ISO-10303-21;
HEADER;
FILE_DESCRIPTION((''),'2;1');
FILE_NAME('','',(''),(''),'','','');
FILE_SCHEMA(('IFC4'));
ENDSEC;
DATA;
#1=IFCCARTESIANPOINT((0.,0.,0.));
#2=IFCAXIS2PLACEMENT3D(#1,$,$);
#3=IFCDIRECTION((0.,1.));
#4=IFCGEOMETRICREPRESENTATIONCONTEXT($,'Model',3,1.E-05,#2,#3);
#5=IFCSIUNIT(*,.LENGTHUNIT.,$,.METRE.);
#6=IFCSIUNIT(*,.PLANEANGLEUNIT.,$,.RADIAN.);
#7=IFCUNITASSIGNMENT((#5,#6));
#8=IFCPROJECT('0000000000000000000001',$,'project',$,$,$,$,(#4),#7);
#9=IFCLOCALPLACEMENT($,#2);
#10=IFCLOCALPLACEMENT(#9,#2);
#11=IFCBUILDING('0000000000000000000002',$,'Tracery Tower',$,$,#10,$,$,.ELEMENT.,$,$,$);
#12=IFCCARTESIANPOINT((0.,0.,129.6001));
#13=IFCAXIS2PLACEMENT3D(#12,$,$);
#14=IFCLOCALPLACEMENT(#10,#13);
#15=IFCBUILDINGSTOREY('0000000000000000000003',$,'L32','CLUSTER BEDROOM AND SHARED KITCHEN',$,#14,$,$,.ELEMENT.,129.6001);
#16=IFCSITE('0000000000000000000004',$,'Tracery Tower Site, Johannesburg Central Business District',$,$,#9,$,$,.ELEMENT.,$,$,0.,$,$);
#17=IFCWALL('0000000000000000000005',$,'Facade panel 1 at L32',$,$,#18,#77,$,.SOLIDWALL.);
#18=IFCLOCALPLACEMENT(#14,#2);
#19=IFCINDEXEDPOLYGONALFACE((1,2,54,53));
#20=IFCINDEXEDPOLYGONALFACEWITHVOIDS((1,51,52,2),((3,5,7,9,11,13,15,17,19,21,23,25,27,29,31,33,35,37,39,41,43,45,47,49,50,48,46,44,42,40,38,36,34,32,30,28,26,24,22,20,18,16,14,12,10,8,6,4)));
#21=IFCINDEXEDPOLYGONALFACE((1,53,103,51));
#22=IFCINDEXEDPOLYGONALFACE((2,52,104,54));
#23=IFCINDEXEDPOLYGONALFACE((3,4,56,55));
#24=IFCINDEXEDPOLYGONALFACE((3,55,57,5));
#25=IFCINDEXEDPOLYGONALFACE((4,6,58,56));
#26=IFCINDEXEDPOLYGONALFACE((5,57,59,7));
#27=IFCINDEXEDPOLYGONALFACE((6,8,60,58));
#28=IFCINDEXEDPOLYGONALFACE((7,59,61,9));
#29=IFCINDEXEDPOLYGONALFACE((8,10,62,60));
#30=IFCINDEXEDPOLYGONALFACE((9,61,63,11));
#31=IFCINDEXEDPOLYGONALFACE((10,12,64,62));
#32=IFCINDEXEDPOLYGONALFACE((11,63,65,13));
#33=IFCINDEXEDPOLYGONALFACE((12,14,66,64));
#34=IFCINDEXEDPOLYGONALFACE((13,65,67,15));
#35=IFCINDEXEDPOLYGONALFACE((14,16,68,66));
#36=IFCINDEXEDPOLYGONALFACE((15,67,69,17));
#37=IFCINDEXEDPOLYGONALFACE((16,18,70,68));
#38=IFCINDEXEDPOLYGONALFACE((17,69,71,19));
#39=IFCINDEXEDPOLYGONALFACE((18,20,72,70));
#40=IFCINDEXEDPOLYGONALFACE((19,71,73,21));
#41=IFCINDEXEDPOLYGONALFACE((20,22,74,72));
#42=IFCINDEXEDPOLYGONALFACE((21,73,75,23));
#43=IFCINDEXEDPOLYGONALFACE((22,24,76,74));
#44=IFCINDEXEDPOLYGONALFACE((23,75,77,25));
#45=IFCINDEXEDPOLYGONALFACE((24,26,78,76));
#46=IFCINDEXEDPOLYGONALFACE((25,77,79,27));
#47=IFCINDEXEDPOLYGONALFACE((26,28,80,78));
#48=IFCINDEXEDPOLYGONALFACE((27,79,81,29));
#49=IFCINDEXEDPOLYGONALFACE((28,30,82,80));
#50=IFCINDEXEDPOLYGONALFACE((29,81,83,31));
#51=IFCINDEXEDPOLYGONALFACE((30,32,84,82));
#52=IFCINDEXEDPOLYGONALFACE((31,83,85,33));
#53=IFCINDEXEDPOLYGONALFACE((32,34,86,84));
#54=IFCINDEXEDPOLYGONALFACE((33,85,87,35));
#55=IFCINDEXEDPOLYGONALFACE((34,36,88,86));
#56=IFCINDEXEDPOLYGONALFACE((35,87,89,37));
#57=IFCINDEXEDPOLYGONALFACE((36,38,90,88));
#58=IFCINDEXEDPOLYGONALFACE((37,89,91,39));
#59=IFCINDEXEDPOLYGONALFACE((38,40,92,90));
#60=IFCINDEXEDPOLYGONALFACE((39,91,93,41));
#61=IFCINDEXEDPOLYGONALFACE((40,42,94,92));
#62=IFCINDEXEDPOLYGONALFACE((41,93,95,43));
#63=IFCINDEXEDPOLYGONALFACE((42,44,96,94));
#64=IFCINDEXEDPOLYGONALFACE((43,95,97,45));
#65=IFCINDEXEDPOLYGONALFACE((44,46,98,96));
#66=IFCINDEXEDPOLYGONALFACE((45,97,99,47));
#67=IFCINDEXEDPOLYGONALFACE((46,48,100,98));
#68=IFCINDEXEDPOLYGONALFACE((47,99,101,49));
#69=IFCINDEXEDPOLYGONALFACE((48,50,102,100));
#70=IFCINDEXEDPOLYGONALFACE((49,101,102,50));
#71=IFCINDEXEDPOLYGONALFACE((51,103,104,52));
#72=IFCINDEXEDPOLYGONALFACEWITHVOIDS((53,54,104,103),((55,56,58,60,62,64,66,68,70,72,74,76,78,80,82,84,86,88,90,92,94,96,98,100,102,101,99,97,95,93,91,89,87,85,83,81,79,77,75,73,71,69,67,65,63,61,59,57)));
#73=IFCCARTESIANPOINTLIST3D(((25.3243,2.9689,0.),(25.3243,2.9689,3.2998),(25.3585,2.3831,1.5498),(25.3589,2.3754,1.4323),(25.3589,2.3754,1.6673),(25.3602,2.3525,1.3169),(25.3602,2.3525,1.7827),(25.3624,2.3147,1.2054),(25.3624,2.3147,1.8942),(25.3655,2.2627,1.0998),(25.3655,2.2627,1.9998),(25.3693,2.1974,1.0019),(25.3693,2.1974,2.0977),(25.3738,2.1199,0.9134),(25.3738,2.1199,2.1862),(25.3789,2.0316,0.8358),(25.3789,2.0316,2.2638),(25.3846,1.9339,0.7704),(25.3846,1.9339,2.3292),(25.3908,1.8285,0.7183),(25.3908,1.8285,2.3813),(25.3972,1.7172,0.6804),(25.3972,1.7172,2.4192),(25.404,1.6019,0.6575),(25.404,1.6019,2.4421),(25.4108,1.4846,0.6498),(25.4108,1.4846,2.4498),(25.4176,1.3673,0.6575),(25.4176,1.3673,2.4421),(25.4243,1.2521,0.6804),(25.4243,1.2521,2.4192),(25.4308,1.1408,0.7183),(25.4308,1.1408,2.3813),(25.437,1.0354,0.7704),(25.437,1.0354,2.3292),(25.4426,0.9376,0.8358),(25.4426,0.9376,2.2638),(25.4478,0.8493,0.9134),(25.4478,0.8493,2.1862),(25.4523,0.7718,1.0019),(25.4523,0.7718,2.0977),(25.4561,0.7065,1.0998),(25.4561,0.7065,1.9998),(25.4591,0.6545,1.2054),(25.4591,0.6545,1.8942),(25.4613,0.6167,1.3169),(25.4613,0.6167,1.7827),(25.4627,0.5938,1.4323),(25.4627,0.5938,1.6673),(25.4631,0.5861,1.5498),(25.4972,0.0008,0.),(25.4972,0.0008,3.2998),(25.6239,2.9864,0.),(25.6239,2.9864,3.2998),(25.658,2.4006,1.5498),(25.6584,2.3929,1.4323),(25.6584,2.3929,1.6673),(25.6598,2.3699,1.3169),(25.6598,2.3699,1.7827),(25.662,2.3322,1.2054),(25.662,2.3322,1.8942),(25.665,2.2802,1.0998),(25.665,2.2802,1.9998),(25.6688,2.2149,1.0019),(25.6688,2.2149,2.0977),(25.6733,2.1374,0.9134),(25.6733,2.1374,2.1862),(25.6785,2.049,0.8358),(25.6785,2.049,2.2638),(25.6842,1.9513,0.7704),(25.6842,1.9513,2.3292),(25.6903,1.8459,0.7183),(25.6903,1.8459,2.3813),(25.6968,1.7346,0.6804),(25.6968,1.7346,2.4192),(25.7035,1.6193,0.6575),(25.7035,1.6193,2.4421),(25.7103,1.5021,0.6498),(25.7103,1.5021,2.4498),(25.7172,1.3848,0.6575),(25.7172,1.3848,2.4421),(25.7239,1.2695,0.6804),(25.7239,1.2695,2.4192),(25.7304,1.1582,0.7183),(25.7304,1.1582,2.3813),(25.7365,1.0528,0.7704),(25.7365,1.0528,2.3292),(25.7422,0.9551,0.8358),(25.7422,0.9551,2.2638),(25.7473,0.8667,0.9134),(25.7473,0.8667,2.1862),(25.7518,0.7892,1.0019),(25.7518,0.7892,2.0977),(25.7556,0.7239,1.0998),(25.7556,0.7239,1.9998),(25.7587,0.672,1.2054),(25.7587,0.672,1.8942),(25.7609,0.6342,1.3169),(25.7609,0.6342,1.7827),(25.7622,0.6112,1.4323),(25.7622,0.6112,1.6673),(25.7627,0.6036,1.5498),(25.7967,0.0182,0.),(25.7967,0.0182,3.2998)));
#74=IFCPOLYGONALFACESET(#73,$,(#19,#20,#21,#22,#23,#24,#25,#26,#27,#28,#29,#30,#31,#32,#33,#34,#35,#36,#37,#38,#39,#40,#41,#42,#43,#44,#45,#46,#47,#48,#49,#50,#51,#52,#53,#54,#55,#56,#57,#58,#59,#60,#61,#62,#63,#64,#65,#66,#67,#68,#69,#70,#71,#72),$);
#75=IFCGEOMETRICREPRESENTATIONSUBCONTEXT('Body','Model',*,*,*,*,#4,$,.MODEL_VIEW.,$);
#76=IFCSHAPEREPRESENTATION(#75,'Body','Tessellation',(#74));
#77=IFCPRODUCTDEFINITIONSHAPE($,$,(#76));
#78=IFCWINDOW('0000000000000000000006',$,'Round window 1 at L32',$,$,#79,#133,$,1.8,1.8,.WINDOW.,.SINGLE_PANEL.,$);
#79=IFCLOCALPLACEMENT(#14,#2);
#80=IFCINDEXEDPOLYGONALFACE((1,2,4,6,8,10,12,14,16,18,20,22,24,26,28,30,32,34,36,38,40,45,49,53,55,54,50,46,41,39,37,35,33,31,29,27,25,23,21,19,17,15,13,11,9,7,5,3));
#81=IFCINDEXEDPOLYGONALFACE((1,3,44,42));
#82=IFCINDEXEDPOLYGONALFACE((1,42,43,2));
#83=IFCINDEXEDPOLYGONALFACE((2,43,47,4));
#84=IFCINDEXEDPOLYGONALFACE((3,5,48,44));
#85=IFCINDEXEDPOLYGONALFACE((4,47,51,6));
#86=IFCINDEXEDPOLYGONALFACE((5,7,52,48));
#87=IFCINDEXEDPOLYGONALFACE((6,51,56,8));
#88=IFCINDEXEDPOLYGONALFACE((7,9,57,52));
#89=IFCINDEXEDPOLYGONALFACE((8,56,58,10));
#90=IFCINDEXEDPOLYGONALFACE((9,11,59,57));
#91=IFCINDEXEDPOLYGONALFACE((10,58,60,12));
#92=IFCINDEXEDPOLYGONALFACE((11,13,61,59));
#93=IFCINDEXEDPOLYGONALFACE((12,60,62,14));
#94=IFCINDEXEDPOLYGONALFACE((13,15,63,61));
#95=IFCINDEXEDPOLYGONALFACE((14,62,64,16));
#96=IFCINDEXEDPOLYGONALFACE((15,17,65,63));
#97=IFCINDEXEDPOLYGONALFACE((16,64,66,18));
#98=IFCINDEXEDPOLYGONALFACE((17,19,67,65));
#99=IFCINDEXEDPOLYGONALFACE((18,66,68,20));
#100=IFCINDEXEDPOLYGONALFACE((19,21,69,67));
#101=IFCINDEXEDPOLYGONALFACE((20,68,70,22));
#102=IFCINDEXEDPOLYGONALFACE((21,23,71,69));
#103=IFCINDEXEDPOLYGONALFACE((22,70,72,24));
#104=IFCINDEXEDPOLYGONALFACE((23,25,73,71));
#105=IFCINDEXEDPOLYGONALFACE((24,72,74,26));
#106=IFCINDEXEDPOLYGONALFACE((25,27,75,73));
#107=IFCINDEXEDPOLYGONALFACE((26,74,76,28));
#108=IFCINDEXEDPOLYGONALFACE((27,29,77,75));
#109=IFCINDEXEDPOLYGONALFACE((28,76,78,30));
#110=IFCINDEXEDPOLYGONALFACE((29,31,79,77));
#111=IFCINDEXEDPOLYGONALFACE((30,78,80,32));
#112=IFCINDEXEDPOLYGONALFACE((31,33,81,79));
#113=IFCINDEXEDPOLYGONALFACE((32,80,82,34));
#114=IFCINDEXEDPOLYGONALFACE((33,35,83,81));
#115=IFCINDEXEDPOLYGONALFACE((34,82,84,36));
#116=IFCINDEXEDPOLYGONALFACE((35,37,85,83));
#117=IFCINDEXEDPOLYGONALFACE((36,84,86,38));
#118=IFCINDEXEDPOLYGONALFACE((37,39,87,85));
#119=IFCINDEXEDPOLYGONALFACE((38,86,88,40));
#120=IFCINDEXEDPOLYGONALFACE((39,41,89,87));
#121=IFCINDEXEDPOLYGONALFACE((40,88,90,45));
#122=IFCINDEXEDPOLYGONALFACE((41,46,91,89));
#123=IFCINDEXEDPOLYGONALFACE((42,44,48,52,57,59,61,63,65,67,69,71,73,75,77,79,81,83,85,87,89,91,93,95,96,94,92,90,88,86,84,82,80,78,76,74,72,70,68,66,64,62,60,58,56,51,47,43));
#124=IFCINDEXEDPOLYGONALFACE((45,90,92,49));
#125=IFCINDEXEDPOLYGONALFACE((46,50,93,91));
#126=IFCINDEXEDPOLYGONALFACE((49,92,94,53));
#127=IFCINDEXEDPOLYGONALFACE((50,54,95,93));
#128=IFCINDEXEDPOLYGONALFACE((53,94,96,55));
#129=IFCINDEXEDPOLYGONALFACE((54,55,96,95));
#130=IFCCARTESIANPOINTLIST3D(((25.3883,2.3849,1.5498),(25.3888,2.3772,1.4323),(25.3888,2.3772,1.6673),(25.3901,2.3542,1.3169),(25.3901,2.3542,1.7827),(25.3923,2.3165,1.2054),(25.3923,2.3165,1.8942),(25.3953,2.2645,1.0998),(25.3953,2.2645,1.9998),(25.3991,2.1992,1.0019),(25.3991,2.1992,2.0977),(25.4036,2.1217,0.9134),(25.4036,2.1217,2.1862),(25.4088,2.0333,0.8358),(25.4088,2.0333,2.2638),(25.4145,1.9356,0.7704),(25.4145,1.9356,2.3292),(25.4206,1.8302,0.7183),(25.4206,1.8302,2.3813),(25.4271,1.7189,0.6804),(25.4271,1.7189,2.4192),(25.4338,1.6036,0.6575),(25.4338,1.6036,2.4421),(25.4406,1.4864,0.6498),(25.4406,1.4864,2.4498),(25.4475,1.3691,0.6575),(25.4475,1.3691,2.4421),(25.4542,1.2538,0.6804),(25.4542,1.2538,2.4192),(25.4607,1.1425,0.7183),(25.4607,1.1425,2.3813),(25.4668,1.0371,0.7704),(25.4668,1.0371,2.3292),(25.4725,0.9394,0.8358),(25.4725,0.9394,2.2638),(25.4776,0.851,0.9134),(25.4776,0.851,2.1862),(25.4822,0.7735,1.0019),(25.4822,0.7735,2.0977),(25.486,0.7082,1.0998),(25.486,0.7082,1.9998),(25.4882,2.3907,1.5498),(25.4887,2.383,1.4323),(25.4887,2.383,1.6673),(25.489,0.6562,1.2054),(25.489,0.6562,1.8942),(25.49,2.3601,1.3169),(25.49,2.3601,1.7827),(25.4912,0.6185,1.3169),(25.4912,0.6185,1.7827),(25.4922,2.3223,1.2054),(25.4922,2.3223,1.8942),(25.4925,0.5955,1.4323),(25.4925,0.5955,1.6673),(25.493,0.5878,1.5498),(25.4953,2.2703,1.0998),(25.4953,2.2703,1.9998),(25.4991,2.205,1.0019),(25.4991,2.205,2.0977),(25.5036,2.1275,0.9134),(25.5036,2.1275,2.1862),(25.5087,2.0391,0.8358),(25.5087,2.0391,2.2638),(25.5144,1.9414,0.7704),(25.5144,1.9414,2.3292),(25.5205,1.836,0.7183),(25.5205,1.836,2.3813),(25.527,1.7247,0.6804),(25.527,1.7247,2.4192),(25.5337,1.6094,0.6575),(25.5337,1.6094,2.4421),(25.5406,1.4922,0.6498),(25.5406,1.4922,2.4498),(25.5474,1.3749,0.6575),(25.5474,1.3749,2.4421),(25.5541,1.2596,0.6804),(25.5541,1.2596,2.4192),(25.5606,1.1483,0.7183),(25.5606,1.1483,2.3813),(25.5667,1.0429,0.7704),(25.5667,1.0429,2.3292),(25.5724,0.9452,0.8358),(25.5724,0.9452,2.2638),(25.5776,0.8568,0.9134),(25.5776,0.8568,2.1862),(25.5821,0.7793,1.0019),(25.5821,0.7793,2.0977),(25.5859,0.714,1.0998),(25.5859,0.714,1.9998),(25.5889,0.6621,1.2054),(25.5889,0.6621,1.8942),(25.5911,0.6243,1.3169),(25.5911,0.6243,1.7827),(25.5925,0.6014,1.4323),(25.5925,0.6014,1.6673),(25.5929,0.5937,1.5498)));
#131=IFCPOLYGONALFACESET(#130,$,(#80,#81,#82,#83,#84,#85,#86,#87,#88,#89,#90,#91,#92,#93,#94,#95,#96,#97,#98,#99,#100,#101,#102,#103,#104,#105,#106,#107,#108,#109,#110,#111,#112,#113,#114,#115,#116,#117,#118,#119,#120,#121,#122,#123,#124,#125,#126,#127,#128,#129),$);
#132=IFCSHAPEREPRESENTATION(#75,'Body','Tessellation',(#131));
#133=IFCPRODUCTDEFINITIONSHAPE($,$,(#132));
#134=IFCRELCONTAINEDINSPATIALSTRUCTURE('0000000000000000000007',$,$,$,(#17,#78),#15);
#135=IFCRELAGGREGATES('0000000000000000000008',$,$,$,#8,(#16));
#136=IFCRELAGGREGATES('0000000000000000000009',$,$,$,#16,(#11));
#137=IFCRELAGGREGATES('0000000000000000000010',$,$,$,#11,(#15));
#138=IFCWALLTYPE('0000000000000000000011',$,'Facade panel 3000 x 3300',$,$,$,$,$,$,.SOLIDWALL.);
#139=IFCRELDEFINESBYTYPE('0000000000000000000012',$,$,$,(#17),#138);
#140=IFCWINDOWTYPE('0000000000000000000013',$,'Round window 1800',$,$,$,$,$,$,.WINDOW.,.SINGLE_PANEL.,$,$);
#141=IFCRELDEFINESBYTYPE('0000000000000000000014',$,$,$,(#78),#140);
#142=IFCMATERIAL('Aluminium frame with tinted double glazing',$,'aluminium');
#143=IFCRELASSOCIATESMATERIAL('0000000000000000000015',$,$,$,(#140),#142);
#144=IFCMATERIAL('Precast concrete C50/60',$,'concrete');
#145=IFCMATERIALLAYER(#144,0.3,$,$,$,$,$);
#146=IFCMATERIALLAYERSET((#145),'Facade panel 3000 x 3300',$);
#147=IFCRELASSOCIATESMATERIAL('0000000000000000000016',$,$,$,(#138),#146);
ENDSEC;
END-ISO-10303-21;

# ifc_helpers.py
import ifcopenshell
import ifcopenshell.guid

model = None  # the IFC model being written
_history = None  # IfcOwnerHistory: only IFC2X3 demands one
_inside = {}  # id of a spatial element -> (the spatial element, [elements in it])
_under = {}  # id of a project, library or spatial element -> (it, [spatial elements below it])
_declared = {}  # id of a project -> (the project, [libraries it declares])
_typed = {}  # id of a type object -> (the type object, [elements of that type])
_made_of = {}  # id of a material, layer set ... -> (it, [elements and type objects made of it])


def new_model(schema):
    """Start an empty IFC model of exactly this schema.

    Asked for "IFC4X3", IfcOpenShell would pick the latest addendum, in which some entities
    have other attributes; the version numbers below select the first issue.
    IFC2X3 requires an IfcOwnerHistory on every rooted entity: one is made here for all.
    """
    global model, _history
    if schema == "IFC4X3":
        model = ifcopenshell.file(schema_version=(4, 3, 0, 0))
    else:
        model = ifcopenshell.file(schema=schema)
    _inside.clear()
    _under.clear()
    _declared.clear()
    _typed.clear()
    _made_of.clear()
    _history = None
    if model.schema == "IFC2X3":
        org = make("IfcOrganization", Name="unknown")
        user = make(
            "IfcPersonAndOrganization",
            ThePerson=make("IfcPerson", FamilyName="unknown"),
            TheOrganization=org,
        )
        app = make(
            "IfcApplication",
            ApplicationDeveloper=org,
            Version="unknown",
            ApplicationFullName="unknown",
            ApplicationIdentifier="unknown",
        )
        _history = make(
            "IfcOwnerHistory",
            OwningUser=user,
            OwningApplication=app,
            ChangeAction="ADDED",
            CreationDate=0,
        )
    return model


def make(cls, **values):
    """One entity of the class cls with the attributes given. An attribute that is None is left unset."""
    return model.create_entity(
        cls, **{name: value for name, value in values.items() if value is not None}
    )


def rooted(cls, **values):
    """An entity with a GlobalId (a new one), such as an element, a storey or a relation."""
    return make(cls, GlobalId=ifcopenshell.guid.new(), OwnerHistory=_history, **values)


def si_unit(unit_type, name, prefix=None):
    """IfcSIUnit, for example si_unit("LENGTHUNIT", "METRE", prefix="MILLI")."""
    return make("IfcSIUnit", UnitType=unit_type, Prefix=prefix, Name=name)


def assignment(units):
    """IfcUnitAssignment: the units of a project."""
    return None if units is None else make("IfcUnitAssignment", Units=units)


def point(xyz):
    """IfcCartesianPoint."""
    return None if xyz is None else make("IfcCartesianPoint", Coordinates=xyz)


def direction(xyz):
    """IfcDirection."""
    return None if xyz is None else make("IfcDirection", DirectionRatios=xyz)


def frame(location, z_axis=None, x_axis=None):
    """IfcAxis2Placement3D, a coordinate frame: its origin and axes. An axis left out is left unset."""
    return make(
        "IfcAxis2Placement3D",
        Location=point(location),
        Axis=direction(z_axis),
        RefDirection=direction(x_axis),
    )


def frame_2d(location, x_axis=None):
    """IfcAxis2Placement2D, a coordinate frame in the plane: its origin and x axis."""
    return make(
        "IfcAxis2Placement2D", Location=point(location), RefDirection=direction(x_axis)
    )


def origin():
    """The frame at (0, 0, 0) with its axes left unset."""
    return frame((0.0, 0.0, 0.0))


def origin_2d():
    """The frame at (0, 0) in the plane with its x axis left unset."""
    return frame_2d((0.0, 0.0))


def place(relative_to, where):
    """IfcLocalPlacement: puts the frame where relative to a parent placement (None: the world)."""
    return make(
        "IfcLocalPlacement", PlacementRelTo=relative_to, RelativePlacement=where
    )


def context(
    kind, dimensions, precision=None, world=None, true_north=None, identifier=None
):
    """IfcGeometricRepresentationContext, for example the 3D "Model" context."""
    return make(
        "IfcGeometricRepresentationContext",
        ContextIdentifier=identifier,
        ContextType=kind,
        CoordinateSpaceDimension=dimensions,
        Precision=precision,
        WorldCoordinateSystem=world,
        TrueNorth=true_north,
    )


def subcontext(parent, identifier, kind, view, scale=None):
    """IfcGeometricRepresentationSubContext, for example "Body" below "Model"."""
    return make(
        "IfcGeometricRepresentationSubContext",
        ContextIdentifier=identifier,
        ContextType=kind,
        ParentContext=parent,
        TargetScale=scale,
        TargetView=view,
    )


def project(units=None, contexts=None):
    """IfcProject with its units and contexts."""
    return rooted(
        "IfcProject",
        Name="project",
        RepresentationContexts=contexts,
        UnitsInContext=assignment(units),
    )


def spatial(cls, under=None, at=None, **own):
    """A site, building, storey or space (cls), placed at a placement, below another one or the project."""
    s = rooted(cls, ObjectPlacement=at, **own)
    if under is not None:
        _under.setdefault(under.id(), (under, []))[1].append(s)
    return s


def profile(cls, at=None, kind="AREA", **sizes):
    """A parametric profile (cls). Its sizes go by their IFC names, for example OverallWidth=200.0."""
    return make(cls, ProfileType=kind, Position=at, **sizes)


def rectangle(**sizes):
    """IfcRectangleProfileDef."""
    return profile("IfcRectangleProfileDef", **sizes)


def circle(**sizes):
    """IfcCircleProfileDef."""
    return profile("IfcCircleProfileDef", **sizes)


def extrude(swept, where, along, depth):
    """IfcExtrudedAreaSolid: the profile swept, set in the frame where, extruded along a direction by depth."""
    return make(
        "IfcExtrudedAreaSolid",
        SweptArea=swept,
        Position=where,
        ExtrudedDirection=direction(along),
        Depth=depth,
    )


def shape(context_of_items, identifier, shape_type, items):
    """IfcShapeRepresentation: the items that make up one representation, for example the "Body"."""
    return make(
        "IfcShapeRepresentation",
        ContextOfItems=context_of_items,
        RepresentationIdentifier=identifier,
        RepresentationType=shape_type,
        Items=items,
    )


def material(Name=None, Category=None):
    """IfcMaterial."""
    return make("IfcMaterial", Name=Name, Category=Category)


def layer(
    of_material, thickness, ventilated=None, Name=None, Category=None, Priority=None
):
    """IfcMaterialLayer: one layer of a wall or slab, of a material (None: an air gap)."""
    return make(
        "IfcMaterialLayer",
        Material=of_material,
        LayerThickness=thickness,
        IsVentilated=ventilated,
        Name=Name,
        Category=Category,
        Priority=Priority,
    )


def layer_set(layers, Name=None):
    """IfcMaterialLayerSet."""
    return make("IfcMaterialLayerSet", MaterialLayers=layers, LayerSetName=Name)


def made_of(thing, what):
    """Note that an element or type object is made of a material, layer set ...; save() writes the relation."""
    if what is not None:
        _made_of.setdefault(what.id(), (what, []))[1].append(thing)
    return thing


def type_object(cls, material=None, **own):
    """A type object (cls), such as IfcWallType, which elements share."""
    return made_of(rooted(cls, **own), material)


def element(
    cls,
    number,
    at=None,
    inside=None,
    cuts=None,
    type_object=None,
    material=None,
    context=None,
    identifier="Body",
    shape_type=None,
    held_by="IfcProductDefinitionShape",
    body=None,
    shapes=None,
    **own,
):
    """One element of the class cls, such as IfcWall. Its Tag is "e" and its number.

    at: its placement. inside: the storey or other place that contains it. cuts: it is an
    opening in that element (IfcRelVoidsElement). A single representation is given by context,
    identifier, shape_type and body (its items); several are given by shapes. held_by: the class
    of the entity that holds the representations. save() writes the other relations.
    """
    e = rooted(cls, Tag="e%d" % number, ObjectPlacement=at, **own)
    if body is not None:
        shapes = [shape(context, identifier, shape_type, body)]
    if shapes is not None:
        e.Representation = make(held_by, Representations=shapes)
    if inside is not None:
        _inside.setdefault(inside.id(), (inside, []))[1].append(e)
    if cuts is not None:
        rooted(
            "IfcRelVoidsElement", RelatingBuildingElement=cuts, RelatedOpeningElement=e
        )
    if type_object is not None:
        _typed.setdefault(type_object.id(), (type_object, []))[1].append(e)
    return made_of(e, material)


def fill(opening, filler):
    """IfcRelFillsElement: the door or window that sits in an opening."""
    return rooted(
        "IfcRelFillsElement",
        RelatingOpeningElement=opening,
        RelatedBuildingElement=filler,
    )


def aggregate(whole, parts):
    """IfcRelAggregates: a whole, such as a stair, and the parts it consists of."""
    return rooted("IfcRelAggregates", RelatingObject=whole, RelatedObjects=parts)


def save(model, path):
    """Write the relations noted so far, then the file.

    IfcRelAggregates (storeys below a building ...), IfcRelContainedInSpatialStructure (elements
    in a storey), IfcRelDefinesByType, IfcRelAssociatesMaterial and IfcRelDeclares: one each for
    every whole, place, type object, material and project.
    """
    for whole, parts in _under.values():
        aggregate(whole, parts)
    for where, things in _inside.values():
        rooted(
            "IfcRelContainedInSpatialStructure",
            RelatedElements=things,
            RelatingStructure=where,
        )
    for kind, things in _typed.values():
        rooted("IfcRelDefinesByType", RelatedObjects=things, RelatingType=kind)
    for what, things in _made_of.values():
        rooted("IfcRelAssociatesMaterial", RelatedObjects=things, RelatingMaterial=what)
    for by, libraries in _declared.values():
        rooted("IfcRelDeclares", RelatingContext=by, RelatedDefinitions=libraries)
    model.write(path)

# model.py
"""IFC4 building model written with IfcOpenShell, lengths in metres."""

from ifc_helpers import new_model, si_unit, direction, frame, frame_2d, origin, origin_2d, place, context, subcontext, project, spatial, rectangle, circle, extrude, material, layer, layer_set, type_object, element, fill, save


model = new_model("IFC4")

# Units and contexts
model_context = context("Model", 3, precision=1e-05, world=origin(), true_north=direction((0.0, 1.0)))
body_context = subcontext(model_context, "Body", "Model", "MODEL_VIEW")
ifc_project = project(units=[si_unit("LENGTHUNIT", "METRE"), si_unit("PLANEANGLEUNIT", "RADIAN")], contexts=[model_context])

# Site, building, storey
site_placement = place(None, origin())
site = spatial("IfcSite", under=ifc_project, at=site_placement, Name="Tracery Tower Site, Johannesburg Central Business District", CompositionType="ELEMENT", RefElevation=0.0)
building_placement = place(site_placement, origin())
building = spatial("IfcBuilding", under=site, at=building_placement, Name="Tracery Tower", CompositionType="ELEMENT")
storey_placement = place(building_placement, frame((0.0, 0.0, 129.6001)))
storey = spatial("IfcBuildingStorey", under=building, at=storey_placement, Name="L32", Description="CLUSTER BEDROOM AND SHARED KITCHEN", CompositionType="ELEMENT", Elevation=129.6001)

# Wall, opening, window
ifc_material_1 = material(Name="Aluminium frame with tinted double glazing", Category="aluminium")
window_type = type_object("IfcWindowType", Name="Round window 1800", PartitioningType="SINGLE_PANEL", PredefinedType="WINDOW", material=ifc_material_1)
ifc_material_2 = material(Name="Precast concrete C50/60", Category="concrete")
ifc_layer_1 = layer(ifc_material_2, 0.3)
ifc_layer_set_1 = layer_set([ifc_layer_1], Name="Facade panel 3000 x 3300")
wall_type_1 = type_object("IfcWallType", Name="Facade panel 3000 x 3300", PredefinedType="SOLIDWALL", material=ifc_layer_set_1)
wall_1_placement = place(storey_placement, frame((25.647, 0.0095, 0.0), z_axis=(0.0, 0.0, 1.0), x_axis=(-0.05814, 0.998308, 0.0)))
wall_1 = element("IfcWall", 1, at=wall_1_placement, inside=storey, type_object=wall_type_1, Name="Facade panel 1 at L32", PredefinedType="SOLIDWALL", context=body_context, shape_type="SweptSolid", body=[
    extrude(rectangle(XDim=2.9731, YDim=0.3, at=frame_2d((1.4866, 0.0))), origin(), (0.0, 0.0, 1.0), 3.2998),
])
opening_1_placement = place(wall_1_placement, frame((1.4863, 0.0, 1.5498)))
opening_1 = element("IfcOpeningElement", 2, at=opening_1_placement, cuts=wall_1, PredefinedType="OPENING", context=body_context, shape_type="SweptSolid", body=[
    extrude(circle(Radius=0.9, at=origin_2d()), frame((0.0, 0.1599, 0.0), z_axis=(0.0, -1.0, 0.0), x_axis=(1.0, 0.0, 0.0)), (0.0, 0.0, 1.0), 0.3201),
])
window_1_placement = place(opening_1_placement, origin())
window_1 = element("IfcWindow", 3, at=window_1_placement, inside=storey, type_object=window_type, Name="Round window 1 at L32", OverallHeight=1.8, OverallWidth=1.8, PartitioningType="SINGLE_PANEL", PredefinedType="WINDOW", context=body_context, shape_type="SweptSolid", body=[
    extrude(circle(Radius=0.9, at=origin_2d()), frame((0.0, 0.1201, 0.0), z_axis=(0.0, -1.0, 0.0), x_axis=(1.0, 0.0, 0.0)), (0.0, 0.0, 1.0), 0.1001),
])
fill(opening_1, window_1)

save(model, "model.ifc")
